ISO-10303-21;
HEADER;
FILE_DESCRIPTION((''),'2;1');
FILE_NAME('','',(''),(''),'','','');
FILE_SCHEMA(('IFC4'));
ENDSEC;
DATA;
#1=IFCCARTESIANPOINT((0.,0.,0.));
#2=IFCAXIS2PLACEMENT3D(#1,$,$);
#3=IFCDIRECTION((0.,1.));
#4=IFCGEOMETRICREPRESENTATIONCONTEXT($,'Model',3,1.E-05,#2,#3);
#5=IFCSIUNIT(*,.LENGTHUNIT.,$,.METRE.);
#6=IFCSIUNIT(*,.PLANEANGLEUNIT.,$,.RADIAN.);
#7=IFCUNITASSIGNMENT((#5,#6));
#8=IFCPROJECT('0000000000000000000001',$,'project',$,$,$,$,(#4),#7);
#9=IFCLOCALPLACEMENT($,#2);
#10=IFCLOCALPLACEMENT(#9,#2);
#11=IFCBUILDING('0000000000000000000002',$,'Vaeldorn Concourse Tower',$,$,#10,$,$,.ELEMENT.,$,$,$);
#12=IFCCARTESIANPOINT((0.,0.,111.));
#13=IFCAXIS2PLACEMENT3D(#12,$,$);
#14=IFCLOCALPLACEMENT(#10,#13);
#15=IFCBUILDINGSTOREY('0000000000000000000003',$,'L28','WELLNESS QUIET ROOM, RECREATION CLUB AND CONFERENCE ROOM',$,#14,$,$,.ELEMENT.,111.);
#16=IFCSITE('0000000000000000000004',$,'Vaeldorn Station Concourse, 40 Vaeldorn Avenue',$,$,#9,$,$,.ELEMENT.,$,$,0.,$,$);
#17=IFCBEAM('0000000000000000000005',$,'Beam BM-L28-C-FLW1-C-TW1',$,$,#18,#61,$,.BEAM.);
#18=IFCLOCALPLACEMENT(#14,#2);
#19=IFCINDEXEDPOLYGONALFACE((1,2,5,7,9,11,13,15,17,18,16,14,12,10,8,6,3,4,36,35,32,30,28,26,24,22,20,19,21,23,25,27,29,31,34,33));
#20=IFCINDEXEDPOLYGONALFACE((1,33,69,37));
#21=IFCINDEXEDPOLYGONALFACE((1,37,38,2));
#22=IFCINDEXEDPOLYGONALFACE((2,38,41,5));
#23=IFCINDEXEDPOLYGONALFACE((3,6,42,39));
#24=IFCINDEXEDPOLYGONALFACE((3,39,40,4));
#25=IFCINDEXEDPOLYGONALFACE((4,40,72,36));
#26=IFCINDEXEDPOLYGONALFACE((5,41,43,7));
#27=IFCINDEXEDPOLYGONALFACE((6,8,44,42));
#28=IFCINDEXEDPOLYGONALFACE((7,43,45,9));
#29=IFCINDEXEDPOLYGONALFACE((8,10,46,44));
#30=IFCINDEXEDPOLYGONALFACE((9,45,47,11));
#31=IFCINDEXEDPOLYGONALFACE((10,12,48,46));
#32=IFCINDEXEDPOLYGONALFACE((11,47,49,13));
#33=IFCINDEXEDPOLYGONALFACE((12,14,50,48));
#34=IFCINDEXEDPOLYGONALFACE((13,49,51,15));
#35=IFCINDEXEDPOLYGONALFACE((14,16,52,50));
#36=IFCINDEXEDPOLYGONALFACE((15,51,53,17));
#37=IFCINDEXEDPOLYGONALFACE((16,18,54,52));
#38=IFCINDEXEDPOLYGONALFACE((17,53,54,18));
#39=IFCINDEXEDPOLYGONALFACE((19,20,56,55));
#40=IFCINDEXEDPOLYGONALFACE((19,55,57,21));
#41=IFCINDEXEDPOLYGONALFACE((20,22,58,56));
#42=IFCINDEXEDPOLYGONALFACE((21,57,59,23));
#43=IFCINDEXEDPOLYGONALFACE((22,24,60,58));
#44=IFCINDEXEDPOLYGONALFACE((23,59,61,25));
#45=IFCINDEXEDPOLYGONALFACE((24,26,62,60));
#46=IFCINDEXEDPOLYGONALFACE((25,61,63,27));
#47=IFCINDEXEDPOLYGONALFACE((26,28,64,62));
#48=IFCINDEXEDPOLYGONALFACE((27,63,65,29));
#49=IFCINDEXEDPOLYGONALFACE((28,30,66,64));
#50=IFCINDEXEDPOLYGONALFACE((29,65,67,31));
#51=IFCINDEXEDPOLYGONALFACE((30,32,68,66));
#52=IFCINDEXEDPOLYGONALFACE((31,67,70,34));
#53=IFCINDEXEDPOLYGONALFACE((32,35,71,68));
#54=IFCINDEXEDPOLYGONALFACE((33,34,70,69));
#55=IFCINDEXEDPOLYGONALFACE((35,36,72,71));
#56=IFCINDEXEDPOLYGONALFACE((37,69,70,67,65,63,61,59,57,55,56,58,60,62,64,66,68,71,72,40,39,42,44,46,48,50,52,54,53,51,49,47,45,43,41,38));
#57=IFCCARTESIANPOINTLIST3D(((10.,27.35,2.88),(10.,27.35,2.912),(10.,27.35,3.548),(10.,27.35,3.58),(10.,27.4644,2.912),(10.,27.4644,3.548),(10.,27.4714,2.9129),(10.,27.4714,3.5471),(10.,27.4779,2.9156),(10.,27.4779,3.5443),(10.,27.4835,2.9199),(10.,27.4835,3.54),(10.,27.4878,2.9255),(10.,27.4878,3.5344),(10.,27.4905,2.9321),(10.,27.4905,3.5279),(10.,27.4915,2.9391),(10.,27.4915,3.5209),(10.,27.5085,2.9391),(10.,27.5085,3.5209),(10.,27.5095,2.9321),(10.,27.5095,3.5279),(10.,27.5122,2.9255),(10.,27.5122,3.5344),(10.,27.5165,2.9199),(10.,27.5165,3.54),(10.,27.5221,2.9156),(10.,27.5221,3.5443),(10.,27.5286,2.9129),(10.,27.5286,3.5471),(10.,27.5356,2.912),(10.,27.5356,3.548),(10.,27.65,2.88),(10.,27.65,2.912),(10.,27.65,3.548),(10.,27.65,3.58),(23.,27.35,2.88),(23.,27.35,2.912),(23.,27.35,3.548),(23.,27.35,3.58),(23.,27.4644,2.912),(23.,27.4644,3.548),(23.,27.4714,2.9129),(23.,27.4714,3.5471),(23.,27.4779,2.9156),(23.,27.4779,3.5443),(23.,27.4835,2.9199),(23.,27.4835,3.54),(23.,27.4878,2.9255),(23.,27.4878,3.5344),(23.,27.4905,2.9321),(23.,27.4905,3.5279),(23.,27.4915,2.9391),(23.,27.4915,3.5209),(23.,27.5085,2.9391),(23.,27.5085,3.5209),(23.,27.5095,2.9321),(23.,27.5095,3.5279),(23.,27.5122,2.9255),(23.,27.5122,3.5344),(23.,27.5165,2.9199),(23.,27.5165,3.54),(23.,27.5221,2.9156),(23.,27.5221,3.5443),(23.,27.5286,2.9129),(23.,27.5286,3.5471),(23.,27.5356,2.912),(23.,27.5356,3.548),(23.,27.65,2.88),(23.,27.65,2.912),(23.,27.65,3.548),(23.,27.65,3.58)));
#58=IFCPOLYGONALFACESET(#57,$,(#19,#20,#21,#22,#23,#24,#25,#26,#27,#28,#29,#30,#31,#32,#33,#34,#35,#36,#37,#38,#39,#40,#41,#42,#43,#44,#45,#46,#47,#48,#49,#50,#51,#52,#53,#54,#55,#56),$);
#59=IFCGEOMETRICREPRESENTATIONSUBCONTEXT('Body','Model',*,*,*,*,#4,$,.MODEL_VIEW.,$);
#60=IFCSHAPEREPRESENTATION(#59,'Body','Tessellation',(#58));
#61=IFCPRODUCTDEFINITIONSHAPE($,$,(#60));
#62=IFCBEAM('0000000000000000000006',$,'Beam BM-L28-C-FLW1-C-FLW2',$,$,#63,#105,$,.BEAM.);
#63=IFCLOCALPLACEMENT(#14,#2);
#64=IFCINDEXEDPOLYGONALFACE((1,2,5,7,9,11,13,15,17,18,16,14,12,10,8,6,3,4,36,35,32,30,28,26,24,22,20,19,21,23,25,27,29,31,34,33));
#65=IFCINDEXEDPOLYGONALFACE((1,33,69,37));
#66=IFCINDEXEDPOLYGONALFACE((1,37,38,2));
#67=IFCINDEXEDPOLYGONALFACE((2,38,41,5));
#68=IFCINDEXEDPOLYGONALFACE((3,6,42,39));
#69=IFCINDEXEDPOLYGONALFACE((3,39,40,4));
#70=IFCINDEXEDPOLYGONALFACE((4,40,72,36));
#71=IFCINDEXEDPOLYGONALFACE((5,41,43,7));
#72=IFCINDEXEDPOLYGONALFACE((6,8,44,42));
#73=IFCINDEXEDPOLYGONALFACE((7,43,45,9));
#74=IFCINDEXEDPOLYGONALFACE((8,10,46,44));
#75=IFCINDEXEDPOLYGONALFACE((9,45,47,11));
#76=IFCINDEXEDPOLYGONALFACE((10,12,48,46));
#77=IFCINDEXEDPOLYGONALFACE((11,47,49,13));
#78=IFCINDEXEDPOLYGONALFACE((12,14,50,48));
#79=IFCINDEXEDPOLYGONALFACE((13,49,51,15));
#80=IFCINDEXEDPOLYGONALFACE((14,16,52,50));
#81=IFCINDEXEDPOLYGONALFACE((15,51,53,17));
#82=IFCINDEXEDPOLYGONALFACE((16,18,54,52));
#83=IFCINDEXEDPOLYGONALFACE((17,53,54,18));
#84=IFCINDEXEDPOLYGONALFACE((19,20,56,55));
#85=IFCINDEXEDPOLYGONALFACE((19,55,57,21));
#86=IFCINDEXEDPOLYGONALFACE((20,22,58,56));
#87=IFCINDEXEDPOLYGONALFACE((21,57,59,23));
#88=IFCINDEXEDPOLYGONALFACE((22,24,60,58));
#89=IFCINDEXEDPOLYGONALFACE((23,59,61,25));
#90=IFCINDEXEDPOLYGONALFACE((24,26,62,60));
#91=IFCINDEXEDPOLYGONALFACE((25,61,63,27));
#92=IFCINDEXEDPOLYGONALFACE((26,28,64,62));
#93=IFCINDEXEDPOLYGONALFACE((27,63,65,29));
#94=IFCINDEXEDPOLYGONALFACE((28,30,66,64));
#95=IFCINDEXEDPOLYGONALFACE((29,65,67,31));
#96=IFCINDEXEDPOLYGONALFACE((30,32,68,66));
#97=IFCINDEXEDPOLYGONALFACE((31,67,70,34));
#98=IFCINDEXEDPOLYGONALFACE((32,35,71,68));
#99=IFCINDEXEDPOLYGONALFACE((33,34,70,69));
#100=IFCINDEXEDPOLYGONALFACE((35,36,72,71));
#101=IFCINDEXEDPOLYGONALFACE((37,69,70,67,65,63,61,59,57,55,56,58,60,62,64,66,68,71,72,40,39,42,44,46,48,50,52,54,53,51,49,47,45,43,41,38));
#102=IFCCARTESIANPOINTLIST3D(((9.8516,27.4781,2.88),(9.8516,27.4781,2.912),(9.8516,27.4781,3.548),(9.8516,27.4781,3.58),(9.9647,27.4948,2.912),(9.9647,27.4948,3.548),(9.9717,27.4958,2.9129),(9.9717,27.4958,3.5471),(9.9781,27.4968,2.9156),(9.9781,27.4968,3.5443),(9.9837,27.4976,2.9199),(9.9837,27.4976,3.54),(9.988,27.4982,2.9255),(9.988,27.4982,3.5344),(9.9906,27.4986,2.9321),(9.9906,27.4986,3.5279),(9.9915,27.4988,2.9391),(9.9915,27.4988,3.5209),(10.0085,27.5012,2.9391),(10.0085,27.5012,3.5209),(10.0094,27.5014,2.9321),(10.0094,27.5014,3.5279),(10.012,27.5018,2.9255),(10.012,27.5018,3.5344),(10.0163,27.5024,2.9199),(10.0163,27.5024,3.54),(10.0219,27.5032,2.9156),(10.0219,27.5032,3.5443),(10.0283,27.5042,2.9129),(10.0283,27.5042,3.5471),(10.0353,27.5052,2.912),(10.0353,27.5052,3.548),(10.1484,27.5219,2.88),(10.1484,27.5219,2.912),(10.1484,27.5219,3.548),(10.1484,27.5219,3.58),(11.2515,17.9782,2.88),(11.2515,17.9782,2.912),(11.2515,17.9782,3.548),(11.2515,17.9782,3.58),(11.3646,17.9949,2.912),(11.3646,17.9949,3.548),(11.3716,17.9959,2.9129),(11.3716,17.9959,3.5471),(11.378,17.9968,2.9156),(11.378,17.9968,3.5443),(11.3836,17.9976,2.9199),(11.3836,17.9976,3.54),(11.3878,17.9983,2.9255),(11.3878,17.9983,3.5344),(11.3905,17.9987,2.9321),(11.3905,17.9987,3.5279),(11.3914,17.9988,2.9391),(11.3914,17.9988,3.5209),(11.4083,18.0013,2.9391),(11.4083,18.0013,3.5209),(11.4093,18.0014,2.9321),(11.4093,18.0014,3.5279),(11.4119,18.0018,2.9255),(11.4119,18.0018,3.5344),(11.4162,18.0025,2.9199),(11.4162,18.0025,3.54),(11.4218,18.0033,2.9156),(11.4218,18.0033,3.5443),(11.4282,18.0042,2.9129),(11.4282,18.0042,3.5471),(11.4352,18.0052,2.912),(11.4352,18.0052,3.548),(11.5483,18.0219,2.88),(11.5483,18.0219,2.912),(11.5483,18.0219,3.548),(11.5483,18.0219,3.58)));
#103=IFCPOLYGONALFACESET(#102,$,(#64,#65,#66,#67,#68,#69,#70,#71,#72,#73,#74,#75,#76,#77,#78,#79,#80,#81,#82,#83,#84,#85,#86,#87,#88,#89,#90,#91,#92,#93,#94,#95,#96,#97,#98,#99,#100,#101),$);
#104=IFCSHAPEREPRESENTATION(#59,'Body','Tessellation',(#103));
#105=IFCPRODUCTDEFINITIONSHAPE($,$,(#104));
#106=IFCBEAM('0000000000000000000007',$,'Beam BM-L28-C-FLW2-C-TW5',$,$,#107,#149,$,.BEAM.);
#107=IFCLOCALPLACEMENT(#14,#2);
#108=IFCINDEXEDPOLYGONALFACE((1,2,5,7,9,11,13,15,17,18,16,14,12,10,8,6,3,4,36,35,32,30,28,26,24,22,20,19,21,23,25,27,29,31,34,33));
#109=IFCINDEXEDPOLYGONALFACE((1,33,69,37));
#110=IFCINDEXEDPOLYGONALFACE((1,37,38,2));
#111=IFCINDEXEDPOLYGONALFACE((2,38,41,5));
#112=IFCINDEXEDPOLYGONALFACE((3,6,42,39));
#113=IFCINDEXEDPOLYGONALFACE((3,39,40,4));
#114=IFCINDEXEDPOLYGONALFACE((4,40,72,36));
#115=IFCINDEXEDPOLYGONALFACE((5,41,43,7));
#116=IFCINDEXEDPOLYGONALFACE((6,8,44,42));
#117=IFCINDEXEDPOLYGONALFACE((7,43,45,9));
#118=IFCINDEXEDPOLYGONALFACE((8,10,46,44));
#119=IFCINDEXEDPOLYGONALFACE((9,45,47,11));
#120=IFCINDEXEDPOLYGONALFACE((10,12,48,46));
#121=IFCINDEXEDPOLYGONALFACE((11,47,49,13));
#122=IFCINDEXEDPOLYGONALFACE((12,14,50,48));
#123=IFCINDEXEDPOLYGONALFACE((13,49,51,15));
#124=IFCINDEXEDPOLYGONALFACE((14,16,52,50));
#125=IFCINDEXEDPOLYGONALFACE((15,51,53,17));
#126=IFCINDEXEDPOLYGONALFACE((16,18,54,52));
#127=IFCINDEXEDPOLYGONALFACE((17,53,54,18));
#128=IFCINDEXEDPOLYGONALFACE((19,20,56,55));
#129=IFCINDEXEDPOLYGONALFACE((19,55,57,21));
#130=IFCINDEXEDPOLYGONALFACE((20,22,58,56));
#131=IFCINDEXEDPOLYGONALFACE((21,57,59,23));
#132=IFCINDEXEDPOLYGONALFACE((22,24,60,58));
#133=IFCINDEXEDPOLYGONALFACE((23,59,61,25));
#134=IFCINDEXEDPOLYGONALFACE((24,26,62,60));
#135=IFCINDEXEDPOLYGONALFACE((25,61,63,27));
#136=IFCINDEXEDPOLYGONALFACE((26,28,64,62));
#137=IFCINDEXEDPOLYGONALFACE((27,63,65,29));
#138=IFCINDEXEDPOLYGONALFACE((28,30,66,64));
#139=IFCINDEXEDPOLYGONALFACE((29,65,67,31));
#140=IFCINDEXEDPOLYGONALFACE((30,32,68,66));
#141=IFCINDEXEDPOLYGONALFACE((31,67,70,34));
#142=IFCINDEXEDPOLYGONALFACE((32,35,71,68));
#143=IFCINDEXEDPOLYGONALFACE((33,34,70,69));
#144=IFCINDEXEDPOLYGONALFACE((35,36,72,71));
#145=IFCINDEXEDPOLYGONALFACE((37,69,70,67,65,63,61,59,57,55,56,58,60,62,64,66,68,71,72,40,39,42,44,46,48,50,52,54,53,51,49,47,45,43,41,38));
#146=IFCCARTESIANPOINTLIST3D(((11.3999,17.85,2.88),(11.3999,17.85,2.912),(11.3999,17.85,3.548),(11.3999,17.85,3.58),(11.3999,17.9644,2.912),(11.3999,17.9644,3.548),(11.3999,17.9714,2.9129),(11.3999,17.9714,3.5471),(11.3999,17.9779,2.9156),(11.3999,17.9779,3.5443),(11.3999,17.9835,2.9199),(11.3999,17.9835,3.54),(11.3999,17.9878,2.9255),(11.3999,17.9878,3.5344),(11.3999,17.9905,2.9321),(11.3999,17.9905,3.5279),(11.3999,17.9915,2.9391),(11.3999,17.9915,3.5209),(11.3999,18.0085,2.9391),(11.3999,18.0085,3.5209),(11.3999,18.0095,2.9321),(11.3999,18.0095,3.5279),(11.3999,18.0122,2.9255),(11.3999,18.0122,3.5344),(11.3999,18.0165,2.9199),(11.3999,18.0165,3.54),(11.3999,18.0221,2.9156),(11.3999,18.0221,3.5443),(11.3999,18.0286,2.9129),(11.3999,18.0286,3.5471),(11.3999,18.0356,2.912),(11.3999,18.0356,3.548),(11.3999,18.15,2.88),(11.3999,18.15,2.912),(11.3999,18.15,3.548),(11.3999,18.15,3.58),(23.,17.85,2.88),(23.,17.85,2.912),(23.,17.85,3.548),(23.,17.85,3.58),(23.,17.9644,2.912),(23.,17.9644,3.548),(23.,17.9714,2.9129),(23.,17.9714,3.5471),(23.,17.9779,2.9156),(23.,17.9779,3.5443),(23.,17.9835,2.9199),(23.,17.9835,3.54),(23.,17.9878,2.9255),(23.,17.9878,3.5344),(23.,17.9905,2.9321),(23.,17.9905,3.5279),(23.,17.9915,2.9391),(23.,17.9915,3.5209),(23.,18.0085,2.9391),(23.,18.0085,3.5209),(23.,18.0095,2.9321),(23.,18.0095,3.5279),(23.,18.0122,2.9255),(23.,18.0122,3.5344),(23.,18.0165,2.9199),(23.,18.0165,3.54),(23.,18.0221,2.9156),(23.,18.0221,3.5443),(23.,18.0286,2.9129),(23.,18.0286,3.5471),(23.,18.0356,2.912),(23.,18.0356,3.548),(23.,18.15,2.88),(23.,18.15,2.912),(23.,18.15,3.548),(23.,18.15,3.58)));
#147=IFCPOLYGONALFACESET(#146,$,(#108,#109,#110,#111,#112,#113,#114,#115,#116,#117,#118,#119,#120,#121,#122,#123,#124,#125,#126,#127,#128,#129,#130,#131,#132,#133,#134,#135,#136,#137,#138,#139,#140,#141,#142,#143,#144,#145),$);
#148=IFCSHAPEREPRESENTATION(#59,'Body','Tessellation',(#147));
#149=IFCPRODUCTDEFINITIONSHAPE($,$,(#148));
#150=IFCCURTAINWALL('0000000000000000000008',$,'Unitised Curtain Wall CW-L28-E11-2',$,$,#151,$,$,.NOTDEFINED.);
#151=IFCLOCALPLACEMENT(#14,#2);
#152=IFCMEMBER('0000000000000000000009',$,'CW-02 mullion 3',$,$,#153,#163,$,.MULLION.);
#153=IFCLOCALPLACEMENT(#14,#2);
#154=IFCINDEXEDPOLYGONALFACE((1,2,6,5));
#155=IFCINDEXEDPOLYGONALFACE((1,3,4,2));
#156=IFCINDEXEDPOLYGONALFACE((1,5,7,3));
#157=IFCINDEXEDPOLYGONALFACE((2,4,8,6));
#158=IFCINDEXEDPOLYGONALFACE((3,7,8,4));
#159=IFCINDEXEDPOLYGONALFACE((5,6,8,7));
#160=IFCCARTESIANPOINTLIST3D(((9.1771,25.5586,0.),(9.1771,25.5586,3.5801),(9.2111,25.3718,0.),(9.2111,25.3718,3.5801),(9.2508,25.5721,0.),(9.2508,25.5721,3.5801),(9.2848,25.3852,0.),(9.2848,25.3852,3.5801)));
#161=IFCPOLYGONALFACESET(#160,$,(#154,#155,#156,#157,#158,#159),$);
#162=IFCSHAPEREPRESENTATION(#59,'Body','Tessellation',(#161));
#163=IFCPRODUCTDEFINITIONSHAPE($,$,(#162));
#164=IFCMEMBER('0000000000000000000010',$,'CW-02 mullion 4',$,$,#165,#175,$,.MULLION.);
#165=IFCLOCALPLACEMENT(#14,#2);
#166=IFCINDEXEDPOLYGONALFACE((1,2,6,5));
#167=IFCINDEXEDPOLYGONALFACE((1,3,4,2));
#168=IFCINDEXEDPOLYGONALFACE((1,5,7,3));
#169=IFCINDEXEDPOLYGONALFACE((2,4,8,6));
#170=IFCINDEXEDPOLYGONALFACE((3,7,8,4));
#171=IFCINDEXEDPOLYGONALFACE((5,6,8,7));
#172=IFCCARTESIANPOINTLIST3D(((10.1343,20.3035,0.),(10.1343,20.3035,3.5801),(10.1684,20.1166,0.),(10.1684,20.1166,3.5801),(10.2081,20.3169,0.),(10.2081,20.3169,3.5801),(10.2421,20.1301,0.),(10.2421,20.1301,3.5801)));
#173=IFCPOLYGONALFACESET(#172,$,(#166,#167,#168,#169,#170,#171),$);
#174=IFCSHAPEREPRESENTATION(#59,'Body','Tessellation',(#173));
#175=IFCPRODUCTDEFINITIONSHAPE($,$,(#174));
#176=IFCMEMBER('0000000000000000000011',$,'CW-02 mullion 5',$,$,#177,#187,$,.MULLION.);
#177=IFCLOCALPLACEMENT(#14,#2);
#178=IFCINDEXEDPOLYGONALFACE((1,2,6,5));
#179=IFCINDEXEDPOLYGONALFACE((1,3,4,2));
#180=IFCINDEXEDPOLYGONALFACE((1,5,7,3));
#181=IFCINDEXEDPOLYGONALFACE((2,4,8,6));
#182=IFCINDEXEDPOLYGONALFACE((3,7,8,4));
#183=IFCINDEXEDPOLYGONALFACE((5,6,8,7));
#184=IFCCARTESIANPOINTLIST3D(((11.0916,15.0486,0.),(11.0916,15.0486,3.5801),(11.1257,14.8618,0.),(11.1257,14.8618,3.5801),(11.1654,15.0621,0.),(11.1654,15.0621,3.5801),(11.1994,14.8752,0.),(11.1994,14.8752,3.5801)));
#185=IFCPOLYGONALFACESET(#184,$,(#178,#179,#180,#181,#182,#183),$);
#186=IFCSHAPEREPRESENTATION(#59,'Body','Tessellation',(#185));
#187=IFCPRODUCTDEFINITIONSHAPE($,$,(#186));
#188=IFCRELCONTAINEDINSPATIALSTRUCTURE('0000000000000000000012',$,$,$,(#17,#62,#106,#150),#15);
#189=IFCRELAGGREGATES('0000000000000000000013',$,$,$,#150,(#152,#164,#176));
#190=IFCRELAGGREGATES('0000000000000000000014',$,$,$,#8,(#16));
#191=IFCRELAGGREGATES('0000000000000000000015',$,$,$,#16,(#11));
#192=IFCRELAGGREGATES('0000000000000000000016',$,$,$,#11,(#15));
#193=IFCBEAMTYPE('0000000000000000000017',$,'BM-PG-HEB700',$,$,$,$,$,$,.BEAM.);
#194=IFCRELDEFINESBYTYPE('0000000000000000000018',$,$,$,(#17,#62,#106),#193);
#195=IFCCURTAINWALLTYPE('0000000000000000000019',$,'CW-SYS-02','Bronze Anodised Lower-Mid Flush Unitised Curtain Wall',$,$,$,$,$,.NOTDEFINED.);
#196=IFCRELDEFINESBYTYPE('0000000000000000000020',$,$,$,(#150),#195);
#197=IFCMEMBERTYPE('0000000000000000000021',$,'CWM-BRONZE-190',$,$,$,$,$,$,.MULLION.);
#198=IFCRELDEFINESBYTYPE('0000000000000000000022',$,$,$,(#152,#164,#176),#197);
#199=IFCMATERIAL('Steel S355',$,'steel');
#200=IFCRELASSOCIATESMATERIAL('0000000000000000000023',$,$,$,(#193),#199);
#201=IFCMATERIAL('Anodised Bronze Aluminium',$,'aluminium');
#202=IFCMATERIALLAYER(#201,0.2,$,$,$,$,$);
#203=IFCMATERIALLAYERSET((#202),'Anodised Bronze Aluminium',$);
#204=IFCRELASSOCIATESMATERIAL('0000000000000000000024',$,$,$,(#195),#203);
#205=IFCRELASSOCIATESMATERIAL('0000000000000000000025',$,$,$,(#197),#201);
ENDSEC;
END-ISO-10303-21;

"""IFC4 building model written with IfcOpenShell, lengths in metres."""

from ifc_helpers import new_model, si_unit, direction, frame, origin, origin_2d, place, context, subcontext, project, spatial, rectangle, i_section, extrude, source, transform, mapped, material, layer, layer_set, material_profile, profile_set, type_object, element, aggregate, save


model = new_model("IFC4")

# Units and contexts
model_context = context("Model", 3, precision=1e-05, world=origin(), true_north=direction((0.0, 1.0)))
body_context = subcontext(model_context, "Body", "Model", "MODEL_VIEW")
ifc_project = project(units=[si_unit("LENGTHUNIT", "METRE"), si_unit("PLANEANGLEUNIT", "RADIAN")], contexts=[model_context])

# Site, building, storey
site_placement = place(None, origin())
site = spatial("IfcSite", under=ifc_project, at=site_placement, Name="Vaeldorn Station Concourse, 40 Vaeldorn Avenue", CompositionType="ELEMENT", RefElevation=0.0)
building_placement = place(site_placement, origin())
building = spatial("IfcBuilding", under=site, at=building_placement, Name="Vaeldorn Concourse Tower", CompositionType="ELEMENT")
storey_placement = place(building_placement, frame((0.0, 0.0, 111.0)))
storey = spatial("IfcBuildingStorey", under=building, at=storey_placement, Name="L28", Description="WELLNESS QUIET ROOM, RECREATION CLUB AND CONFERENCE ROOM", CompositionType="ELEMENT", Elevation=111.0)

# Beams
ifc_material_1 = material(Name="Steel S355", Category="steel")
ifc_material_profile_1 = material_profile(ifc_material_1, i_section(OverallWidth=0.3, OverallDepth=0.7, WebThickness=0.0171, FlangeThickness=0.032, FilletRadius=0.0271, at=origin_2d()), Name="HEB 700")
ifc_profile_set_1 = profile_set([ifc_material_profile_1], Name="Steel S355")
beam_type_1 = type_object("IfcBeamType", Name="BM-PG-HEB700", PredefinedType="BEAM", material=ifc_profile_set_1)
shared_shape_1 = source(origin(), body_context, "Body", "SweptSolid", [
    extrude(i_section(OverallWidth=0.3, OverallDepth=0.7, WebThickness=0.0171, FlangeThickness=0.032, FilletRadius=0.0271, at=origin_2d()), origin(), (0.0, 0.0, 1.0), 13.0),
])
beam_1_placement = place(storey_placement, frame((10.0, 27.5, 3.23), z_axis=(1.0, 0.0, 0.0), x_axis=(0.0, 1.0, 0.0)))
element("IfcBeam", 1, at=beam_1_placement, inside=storey, type_object=beam_type_1, Name="Beam BM-L28-C-FLW1-C-TW1", PredefinedType="BEAM", context=body_context, shape_type="MappedRepresentation", body=[
    mapped(shared_shape_1, transform((0.0, 0.0, 0.0), scale=1.0)),
])
shared_shape_2 = source(origin(), body_context, "Body", "SweptSolid", [
    extrude(i_section(OverallWidth=0.3, OverallDepth=0.7, WebThickness=0.0171, FlangeThickness=0.032, FilletRadius=0.0271, at=origin_2d()), origin(), (0.0, 0.0, 1.0), 9.6025),
])
beam_2_placement = place(storey_placement, frame((10.0, 27.5, 3.23), z_axis=(0.145784, -0.989316, 0.0), x_axis=(0.989316, 0.145784, 0.0)))
element("IfcBeam", 2, at=beam_2_placement, inside=storey, type_object=beam_type_1, Name="Beam BM-L28-C-FLW1-C-FLW2", PredefinedType="BEAM", context=body_context, shape_type="MappedRepresentation", body=[
    mapped(shared_shape_2, transform((0.0, 0.0, 0.0), scale=1.0)),
])
shared_shape_3 = source(origin(), body_context, "Body", "SweptSolid", [
    extrude(i_section(OverallWidth=0.3, OverallDepth=0.7, WebThickness=0.0171, FlangeThickness=0.032, FilletRadius=0.0271, at=origin_2d()), origin(), (0.0, 0.0, 1.0), 11.6001),
])
beam_3_placement = place(storey_placement, frame((11.3999, 18.0, 3.23), z_axis=(1.0, 0.0, 0.0), x_axis=(0.0, 1.0, 0.0)))
element("IfcBeam", 3, at=beam_3_placement, inside=storey, type_object=beam_type_1, Name="Beam BM-L28-C-FLW2-C-TW5", PredefinedType="BEAM", context=body_context, shape_type="MappedRepresentation", body=[
    mapped(shared_shape_3, transform((0.0, 0.0, 0.0), scale=1.0)),
])

# Curtain wall, members
ifc_material_2 = material(Name="Anodised Bronze Aluminium", Category="aluminium")
ifc_layer_1 = layer(ifc_material_2, 0.2)
ifc_layer_set_1 = layer_set([ifc_layer_1], Name="Anodised Bronze Aluminium")
curtain_wall_type = type_object("IfcCurtainWallType", Name="CW-SYS-02", Description="Bronze Anodised Lower-Mid Flush Unitised Curtain Wall", PredefinedType="NOTDEFINED", material=ifc_layer_set_1)
curtain_wall_placement = place(storey_placement, origin())
curtain_wall = element("IfcCurtainWall", 4, at=curtain_wall_placement, inside=storey, type_object=curtain_wall_type, Name="Unitised Curtain Wall CW-L28-E11-2", PredefinedType="NOTDEFINED")
ifc_material_profile_2 = material_profile(ifc_material_2, rectangle(XDim=0.075, YDim=0.1899, at=origin_2d()), Name="CWM 75x190")
ifc_profile_set_2 = profile_set([ifc_material_profile_2], Name="Anodised Bronze Aluminium")
member_type_1 = type_object("IfcMemberType", Name="CWM-BRONZE-190", PredefinedType="MULLION", material=ifc_profile_set_2)
shared_shape_4 = source(origin(), body_context, "Body", "SweptSolid", [
    extrude(rectangle(XDim=0.075, YDim=0.1899, at=origin_2d()), origin(), (0.0, 0.0, 1.0), 3.5801),
])
member_1_placement = place(storey_placement, frame((9.231, 25.4719, 0.0), z_axis=(0.0, 0.0, 1.0), x_axis=(0.983812, 0.179206, 0.0)))
member_1 = element("IfcMember", 5, at=member_1_placement, type_object=member_type_1, Name="CW-02 mullion 3", PredefinedType="MULLION", context=body_context, shape_type="MappedRepresentation", body=[
    mapped(shared_shape_4, transform((0.0, 0.0, 0.0), scale=1.0)),
])
member_2_placement = place(storey_placement, frame((10.1882, 20.2168, 0.0), z_axis=(0.0, 0.0, 1.0), x_axis=(0.983812, 0.179206, 0.0)))
member_2 = element("IfcMember", 6, at=member_2_placement, type_object=member_type_1, Name="CW-02 mullion 4", PredefinedType="MULLION", context=body_context, shape_type="MappedRepresentation", body=[
    mapped(shared_shape_4, transform((0.0, 0.0, 0.0), scale=1.0)),
])
member_3_placement = place(storey_placement, frame((11.1455, 14.9619, 0.0), z_axis=(0.0, 0.0, 1.0), x_axis=(0.983812, 0.179206, 0.0)))
member_3 = element("IfcMember", 7, at=member_3_placement, type_object=member_type_1, Name="CW-02 mullion 5", PredefinedType="MULLION", context=body_context, shape_type="MappedRepresentation", body=[
    mapped(shared_shape_4, transform((0.0, 0.0, 0.0), scale=1.0)),
])
aggregate(curtain_wall, [member_1, member_2, member_3])

save(model, "model.ifc")
